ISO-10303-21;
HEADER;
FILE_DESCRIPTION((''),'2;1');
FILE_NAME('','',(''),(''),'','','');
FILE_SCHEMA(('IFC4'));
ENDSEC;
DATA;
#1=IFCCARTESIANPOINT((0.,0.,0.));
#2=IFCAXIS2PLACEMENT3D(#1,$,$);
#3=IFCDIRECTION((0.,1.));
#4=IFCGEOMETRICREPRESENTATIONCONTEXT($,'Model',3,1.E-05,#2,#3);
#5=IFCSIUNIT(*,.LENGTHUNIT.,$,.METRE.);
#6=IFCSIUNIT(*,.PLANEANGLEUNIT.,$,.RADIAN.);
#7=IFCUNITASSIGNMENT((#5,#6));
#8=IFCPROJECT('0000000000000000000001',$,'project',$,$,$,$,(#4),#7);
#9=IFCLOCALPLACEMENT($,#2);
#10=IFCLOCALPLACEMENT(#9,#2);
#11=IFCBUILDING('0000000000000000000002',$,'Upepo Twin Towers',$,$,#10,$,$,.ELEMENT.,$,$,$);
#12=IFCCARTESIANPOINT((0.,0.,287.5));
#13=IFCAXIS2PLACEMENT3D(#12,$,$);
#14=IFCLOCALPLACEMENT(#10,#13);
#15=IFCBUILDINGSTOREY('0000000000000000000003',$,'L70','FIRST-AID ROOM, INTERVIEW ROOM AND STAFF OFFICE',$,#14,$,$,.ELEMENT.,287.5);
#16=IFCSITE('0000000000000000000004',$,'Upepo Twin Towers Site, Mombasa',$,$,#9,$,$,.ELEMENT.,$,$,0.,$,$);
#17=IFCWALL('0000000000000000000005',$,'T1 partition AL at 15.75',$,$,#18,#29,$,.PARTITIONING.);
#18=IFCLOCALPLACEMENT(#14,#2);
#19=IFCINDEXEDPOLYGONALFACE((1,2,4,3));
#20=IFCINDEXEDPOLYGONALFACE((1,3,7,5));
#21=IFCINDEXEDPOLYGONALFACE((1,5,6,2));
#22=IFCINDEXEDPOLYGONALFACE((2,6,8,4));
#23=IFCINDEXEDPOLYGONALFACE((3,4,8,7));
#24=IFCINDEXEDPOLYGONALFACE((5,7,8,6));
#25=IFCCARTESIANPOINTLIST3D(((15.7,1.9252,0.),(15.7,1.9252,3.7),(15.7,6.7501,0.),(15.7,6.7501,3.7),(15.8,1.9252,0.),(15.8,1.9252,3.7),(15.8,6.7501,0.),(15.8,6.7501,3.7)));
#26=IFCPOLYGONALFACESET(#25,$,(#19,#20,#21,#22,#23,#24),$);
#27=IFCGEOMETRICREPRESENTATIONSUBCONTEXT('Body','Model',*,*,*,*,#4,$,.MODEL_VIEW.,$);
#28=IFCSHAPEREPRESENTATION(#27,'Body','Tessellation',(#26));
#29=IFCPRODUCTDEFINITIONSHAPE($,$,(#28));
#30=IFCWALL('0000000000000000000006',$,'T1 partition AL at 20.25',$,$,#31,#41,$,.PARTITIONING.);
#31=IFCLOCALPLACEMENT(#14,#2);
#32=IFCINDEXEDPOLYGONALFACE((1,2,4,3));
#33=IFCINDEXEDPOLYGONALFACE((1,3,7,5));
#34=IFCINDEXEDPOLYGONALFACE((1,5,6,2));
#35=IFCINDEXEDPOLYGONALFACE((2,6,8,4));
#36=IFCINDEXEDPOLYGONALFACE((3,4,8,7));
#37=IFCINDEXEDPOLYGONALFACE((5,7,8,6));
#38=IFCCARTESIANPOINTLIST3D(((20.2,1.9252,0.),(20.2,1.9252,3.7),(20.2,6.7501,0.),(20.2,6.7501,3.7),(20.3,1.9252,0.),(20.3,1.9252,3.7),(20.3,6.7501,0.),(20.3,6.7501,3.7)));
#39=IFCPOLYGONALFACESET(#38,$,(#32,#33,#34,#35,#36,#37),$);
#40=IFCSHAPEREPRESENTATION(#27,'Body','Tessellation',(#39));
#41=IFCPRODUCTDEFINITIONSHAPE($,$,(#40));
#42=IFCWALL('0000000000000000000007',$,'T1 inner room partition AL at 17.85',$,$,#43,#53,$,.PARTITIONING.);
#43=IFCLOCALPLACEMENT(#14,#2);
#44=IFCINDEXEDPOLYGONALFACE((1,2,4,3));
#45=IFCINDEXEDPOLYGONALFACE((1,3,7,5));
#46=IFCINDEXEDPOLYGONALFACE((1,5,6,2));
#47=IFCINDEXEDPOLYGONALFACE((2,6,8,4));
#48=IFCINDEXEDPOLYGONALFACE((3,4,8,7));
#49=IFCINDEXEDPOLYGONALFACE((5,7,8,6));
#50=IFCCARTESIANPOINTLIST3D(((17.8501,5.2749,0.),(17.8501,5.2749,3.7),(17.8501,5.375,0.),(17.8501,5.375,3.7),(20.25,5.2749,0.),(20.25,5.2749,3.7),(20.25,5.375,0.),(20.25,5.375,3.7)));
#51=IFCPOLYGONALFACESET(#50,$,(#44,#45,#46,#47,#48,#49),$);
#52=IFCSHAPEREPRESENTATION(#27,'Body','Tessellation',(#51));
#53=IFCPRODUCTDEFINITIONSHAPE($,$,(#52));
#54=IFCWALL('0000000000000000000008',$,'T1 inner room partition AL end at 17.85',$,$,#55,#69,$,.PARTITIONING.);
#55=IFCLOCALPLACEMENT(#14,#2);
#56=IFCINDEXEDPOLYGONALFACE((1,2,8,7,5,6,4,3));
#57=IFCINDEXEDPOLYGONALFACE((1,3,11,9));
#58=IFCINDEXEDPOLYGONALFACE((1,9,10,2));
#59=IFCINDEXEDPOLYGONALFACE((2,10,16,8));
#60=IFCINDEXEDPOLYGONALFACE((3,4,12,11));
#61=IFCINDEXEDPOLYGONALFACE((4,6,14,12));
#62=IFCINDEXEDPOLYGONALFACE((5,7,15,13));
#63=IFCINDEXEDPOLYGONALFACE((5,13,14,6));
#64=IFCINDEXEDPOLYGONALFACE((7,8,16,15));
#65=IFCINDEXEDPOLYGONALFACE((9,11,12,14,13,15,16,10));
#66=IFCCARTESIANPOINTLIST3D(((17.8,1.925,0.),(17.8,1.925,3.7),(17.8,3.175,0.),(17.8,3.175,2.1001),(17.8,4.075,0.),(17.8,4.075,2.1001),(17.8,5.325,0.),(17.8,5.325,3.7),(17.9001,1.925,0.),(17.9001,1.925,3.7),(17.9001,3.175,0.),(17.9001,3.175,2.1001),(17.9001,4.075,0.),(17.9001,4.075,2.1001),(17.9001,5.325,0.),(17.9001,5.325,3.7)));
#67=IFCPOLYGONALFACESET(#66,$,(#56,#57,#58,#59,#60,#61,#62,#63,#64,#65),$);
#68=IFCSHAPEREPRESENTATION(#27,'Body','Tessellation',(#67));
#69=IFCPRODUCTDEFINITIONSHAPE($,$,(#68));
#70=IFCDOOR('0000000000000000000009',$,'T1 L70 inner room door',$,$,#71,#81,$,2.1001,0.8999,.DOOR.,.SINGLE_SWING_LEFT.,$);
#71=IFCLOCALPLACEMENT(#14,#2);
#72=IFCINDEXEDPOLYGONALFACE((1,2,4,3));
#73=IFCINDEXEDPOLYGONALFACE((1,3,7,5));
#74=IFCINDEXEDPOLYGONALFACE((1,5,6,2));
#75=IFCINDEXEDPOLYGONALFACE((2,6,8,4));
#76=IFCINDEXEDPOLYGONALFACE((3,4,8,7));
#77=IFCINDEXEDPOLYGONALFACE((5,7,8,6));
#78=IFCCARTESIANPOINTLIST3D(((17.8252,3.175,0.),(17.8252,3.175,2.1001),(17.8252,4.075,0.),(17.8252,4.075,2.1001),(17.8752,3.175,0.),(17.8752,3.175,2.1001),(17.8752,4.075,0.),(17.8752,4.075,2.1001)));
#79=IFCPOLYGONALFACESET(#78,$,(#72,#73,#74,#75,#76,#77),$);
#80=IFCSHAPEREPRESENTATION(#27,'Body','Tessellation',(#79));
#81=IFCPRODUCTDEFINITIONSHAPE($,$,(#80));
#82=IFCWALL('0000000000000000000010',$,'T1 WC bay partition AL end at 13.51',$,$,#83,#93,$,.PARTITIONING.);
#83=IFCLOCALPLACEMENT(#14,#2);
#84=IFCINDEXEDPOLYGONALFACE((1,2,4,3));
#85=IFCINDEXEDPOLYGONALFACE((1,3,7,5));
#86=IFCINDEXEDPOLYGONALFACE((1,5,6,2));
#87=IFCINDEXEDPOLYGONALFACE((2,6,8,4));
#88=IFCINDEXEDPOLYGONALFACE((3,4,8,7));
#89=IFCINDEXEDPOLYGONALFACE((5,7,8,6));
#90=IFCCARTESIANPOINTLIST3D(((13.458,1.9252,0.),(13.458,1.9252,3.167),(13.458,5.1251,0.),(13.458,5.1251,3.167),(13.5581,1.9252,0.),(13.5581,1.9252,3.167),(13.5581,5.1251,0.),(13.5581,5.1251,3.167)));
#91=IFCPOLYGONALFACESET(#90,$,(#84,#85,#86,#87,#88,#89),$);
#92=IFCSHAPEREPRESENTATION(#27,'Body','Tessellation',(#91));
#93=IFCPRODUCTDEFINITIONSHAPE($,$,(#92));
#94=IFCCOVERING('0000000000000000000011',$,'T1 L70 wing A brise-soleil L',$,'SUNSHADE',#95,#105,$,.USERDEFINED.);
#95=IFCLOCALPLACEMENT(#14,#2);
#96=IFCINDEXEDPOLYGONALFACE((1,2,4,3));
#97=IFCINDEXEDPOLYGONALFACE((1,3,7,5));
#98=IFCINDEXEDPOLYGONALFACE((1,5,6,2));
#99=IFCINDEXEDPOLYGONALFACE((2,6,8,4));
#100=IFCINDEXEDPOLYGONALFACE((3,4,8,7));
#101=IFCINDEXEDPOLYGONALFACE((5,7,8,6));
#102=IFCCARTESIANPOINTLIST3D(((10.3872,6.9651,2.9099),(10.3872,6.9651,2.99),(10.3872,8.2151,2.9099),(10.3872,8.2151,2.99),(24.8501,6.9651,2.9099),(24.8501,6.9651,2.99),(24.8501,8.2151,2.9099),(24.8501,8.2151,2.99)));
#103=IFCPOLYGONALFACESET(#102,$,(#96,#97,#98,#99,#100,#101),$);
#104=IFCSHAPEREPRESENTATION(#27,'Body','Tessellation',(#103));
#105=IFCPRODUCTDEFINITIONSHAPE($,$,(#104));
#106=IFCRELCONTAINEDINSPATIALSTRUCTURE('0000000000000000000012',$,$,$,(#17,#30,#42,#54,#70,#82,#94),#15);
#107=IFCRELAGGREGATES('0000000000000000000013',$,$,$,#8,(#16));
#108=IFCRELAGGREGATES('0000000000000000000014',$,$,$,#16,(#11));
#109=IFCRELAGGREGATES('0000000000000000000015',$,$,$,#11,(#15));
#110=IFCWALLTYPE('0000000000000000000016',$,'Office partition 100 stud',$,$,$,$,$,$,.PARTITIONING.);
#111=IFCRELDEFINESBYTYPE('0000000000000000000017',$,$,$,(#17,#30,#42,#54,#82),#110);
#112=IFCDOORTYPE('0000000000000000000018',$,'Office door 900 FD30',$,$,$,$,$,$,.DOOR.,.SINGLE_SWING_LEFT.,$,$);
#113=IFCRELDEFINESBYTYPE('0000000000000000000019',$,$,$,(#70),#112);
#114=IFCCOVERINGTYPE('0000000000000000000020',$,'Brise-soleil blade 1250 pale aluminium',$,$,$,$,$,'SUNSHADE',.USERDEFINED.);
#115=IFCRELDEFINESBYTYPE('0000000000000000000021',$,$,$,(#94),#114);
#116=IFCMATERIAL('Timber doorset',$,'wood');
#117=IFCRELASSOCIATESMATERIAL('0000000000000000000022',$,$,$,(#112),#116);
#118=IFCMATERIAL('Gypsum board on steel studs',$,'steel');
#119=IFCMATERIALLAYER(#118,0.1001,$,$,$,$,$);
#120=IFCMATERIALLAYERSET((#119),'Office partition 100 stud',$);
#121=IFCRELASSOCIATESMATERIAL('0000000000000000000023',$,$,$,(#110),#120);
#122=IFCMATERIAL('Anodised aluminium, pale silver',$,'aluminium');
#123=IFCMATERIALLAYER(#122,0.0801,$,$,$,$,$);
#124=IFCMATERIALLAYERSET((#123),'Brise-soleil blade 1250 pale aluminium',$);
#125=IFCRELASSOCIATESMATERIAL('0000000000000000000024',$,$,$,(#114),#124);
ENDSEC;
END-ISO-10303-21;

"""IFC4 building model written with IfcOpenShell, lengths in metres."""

from ifc_helpers import new_model, si_unit, direction, frame, frame_2d, origin, origin_2d, place, context, subcontext, project, spatial, rectangle, extrude, material, layer, layer_set, type_object, element, fill, save


model = new_model("IFC4")

# Units and contexts
model_context = context("Model", 3, precision=1e-05, world=origin(), true_north=direction((0.0, 1.0)))
body_context = subcontext(model_context, "Body", "Model", "MODEL_VIEW")
ifc_project = project(units=[si_unit("LENGTHUNIT", "METRE"), si_unit("PLANEANGLEUNIT", "RADIAN")], contexts=[model_context])

# Site, building, storey
site_placement = place(None, origin())
site = spatial("IfcSite", under=ifc_project, at=site_placement, Name="Upepo Twin Towers Site, Mombasa", CompositionType="ELEMENT", RefElevation=0.0)
building_placement = place(site_placement, origin())
building = spatial("IfcBuilding", under=site, at=building_placement, Name="Upepo Twin Towers", CompositionType="ELEMENT")
storey_placement = place(building_placement, frame((0.0, 0.0, 287.5)))
storey = spatial("IfcBuildingStorey", under=building, at=storey_placement, Name="L70", Description="FIRST-AID ROOM, INTERVIEW ROOM AND STAFF OFFICE", CompositionType="ELEMENT", Elevation=287.5)

# Shared definitions
ifc_material_1 = material(Name="Timber doorset", Category="wood")
door_type_1 = type_object("IfcDoorType", Name="Office door 900 FD30", OperationType="SINGLE_SWING_LEFT", PredefinedType="DOOR", material=ifc_material_1)

# Walls
ifc_material_2 = material(Name="Gypsum board on steel studs", Category="steel")
ifc_layer_1 = layer(ifc_material_2, 0.1001)
ifc_layer_set_1 = layer_set([ifc_layer_1], Name="Office partition 100 stud")
wall_type_1 = type_object("IfcWallType", Name="Office partition 100 stud", PredefinedType="PARTITIONING", material=ifc_layer_set_1)
for number, where, z_axis, x_axis, name in (
    (1, (15.75, 1.925, 0.0), (0.0, 0.0, 1.0), (0.0, 1.0, 0.0), "T1 partition AL at 15.75"),
    (2, (20.25, 1.925, 0.0), (0.0, 0.0, 1.0), (0.0, 1.0, 0.0), "T1 partition AL at 20.25"),
):
    element("IfcWall", number, at=place(storey_placement, frame(where, z_axis=z_axis, x_axis=x_axis)), inside=storey, type_object=wall_type_1, Name=name, PredefinedType="PARTITIONING", context=body_context, shape_type="SweptSolid", body=[
        extrude(rectangle(XDim=4.825, YDim=0.1001, at=frame_2d((2.4126, 0.0))), origin(), (0.0, 0.0, 1.0), 3.7),
    ])
wall_1_placement = place(storey_placement, frame((17.8501, 5.325, 0.0), z_axis=(0.0, 0.0, 1.0), x_axis=(1.0, 0.0, 0.0)))
element("IfcWall", 3, at=wall_1_placement, inside=storey, type_object=wall_type_1, Name="T1 inner room partition AL at 17.85", PredefinedType="PARTITIONING", context=body_context, shape_type="SweptSolid", body=[
    extrude(rectangle(XDim=2.3999, YDim=0.1001, at=frame_2d((1.2, 0.0))), origin(), (0.0, 0.0, 1.0), 3.7),
])

# Wall, opening, door
wall_2_placement = place(storey_placement, frame((17.8501, 1.925, 0.0), z_axis=(0.0, 0.0, 1.0), x_axis=(0.0, 1.0, 0.0)))
wall_2 = element("IfcWall", 4, at=wall_2_placement, inside=storey, type_object=wall_type_1, Name="T1 inner room partition AL end at 17.85", PredefinedType="PARTITIONING", context=body_context, shape_type="SweptSolid", body=[
    extrude(rectangle(XDim=3.3999, YDim=0.1001, at=frame_2d((1.7, 0.0))), origin(), (0.0, 0.0, 1.0), 3.7),
])
opening_1_placement = place(wall_2_placement, frame((1.25, 0.0, 0.0)))
opening_1 = element("IfcOpeningElement", 5, at=opening_1_placement, cuts=wall_2, PredefinedType="OPENING", context=body_context, shape_type="SweptSolid", body=[
    extrude(rectangle(XDim=0.8999, YDim=2.1001, at=frame_2d((0.45, 1.05))), frame((0.0, 0.0601, 0.0), z_axis=(0.0, -1.0, 0.0), x_axis=(1.0, 0.0, 0.0)), (0.0, 0.0, 1.0), 0.1201),
])
door_1_placement = place(opening_1_placement, origin())
door_1 = element("IfcDoor", 6, at=door_1_placement, inside=storey, type_object=door_type_1, Name="T1 L70 inner room door", OperationType="SINGLE_SWING_LEFT", OverallHeight=2.1001, OverallWidth=0.8999, PredefinedType="DOOR", context=body_context, shape_type="SweptSolid", body=[
    extrude(rectangle(XDim=0.8999, YDim=2.1001, at=frame_2d((0.45, 1.05))), frame((0.0, 0.0249, 0.0), z_axis=(0.0, -1.0, 0.0), x_axis=(1.0, 0.0, 0.0)), (0.0, 0.0, 1.0), 0.05),
])
fill(opening_1, door_1)

# Wall
wall_3_placement = place(storey_placement, frame((13.5081, 1.925, 0.0), z_axis=(0.0, 0.0, 1.0), x_axis=(0.0, 1.0, 0.0)))
element("IfcWall", 7, at=wall_3_placement, inside=storey, type_object=wall_type_1, Name="T1 WC bay partition AL end at 13.51", PredefinedType="PARTITIONING", context=body_context, shape_type="SweptSolid", body=[
    extrude(rectangle(XDim=3.2, YDim=0.1001, at=frame_2d((1.6001, 0.0))), origin(), (0.0, 0.0, 1.0), 3.167),
])

# Covering
ifc_material_3 = material(Name="Anodised aluminium, pale silver", Category="aluminium")
ifc_layer_2 = layer(ifc_material_3, 0.0801)
ifc_layer_set_2 = layer_set([ifc_layer_2], Name="Brise-soleil blade 1250 pale aluminium")
covering_type = type_object("IfcCoveringType", Name="Brise-soleil blade 1250 pale aluminium", ElementType="SUNSHADE", PredefinedType="USERDEFINED", material=ifc_layer_set_2)
covering_placement = place(storey_placement, frame((17.6187, 7.5901, 2.9099), z_axis=(0.0, 0.0, 1.0), x_axis=(1.0, 0.0, 0.0)))
element("IfcCovering", 8, at=covering_placement, inside=storey, type_object=covering_type, Name="T1 L70 wing A brise-soleil L", ObjectType="SUNSHADE", PredefinedType="USERDEFINED", context=body_context, shape_type="SweptSolid", body=[
    extrude(rectangle(XDim=14.4629, YDim=1.25, at=origin_2d()), origin(), (0.0, 0.0, 1.0), 0.0801),
])

save(model, "model.ifc")
